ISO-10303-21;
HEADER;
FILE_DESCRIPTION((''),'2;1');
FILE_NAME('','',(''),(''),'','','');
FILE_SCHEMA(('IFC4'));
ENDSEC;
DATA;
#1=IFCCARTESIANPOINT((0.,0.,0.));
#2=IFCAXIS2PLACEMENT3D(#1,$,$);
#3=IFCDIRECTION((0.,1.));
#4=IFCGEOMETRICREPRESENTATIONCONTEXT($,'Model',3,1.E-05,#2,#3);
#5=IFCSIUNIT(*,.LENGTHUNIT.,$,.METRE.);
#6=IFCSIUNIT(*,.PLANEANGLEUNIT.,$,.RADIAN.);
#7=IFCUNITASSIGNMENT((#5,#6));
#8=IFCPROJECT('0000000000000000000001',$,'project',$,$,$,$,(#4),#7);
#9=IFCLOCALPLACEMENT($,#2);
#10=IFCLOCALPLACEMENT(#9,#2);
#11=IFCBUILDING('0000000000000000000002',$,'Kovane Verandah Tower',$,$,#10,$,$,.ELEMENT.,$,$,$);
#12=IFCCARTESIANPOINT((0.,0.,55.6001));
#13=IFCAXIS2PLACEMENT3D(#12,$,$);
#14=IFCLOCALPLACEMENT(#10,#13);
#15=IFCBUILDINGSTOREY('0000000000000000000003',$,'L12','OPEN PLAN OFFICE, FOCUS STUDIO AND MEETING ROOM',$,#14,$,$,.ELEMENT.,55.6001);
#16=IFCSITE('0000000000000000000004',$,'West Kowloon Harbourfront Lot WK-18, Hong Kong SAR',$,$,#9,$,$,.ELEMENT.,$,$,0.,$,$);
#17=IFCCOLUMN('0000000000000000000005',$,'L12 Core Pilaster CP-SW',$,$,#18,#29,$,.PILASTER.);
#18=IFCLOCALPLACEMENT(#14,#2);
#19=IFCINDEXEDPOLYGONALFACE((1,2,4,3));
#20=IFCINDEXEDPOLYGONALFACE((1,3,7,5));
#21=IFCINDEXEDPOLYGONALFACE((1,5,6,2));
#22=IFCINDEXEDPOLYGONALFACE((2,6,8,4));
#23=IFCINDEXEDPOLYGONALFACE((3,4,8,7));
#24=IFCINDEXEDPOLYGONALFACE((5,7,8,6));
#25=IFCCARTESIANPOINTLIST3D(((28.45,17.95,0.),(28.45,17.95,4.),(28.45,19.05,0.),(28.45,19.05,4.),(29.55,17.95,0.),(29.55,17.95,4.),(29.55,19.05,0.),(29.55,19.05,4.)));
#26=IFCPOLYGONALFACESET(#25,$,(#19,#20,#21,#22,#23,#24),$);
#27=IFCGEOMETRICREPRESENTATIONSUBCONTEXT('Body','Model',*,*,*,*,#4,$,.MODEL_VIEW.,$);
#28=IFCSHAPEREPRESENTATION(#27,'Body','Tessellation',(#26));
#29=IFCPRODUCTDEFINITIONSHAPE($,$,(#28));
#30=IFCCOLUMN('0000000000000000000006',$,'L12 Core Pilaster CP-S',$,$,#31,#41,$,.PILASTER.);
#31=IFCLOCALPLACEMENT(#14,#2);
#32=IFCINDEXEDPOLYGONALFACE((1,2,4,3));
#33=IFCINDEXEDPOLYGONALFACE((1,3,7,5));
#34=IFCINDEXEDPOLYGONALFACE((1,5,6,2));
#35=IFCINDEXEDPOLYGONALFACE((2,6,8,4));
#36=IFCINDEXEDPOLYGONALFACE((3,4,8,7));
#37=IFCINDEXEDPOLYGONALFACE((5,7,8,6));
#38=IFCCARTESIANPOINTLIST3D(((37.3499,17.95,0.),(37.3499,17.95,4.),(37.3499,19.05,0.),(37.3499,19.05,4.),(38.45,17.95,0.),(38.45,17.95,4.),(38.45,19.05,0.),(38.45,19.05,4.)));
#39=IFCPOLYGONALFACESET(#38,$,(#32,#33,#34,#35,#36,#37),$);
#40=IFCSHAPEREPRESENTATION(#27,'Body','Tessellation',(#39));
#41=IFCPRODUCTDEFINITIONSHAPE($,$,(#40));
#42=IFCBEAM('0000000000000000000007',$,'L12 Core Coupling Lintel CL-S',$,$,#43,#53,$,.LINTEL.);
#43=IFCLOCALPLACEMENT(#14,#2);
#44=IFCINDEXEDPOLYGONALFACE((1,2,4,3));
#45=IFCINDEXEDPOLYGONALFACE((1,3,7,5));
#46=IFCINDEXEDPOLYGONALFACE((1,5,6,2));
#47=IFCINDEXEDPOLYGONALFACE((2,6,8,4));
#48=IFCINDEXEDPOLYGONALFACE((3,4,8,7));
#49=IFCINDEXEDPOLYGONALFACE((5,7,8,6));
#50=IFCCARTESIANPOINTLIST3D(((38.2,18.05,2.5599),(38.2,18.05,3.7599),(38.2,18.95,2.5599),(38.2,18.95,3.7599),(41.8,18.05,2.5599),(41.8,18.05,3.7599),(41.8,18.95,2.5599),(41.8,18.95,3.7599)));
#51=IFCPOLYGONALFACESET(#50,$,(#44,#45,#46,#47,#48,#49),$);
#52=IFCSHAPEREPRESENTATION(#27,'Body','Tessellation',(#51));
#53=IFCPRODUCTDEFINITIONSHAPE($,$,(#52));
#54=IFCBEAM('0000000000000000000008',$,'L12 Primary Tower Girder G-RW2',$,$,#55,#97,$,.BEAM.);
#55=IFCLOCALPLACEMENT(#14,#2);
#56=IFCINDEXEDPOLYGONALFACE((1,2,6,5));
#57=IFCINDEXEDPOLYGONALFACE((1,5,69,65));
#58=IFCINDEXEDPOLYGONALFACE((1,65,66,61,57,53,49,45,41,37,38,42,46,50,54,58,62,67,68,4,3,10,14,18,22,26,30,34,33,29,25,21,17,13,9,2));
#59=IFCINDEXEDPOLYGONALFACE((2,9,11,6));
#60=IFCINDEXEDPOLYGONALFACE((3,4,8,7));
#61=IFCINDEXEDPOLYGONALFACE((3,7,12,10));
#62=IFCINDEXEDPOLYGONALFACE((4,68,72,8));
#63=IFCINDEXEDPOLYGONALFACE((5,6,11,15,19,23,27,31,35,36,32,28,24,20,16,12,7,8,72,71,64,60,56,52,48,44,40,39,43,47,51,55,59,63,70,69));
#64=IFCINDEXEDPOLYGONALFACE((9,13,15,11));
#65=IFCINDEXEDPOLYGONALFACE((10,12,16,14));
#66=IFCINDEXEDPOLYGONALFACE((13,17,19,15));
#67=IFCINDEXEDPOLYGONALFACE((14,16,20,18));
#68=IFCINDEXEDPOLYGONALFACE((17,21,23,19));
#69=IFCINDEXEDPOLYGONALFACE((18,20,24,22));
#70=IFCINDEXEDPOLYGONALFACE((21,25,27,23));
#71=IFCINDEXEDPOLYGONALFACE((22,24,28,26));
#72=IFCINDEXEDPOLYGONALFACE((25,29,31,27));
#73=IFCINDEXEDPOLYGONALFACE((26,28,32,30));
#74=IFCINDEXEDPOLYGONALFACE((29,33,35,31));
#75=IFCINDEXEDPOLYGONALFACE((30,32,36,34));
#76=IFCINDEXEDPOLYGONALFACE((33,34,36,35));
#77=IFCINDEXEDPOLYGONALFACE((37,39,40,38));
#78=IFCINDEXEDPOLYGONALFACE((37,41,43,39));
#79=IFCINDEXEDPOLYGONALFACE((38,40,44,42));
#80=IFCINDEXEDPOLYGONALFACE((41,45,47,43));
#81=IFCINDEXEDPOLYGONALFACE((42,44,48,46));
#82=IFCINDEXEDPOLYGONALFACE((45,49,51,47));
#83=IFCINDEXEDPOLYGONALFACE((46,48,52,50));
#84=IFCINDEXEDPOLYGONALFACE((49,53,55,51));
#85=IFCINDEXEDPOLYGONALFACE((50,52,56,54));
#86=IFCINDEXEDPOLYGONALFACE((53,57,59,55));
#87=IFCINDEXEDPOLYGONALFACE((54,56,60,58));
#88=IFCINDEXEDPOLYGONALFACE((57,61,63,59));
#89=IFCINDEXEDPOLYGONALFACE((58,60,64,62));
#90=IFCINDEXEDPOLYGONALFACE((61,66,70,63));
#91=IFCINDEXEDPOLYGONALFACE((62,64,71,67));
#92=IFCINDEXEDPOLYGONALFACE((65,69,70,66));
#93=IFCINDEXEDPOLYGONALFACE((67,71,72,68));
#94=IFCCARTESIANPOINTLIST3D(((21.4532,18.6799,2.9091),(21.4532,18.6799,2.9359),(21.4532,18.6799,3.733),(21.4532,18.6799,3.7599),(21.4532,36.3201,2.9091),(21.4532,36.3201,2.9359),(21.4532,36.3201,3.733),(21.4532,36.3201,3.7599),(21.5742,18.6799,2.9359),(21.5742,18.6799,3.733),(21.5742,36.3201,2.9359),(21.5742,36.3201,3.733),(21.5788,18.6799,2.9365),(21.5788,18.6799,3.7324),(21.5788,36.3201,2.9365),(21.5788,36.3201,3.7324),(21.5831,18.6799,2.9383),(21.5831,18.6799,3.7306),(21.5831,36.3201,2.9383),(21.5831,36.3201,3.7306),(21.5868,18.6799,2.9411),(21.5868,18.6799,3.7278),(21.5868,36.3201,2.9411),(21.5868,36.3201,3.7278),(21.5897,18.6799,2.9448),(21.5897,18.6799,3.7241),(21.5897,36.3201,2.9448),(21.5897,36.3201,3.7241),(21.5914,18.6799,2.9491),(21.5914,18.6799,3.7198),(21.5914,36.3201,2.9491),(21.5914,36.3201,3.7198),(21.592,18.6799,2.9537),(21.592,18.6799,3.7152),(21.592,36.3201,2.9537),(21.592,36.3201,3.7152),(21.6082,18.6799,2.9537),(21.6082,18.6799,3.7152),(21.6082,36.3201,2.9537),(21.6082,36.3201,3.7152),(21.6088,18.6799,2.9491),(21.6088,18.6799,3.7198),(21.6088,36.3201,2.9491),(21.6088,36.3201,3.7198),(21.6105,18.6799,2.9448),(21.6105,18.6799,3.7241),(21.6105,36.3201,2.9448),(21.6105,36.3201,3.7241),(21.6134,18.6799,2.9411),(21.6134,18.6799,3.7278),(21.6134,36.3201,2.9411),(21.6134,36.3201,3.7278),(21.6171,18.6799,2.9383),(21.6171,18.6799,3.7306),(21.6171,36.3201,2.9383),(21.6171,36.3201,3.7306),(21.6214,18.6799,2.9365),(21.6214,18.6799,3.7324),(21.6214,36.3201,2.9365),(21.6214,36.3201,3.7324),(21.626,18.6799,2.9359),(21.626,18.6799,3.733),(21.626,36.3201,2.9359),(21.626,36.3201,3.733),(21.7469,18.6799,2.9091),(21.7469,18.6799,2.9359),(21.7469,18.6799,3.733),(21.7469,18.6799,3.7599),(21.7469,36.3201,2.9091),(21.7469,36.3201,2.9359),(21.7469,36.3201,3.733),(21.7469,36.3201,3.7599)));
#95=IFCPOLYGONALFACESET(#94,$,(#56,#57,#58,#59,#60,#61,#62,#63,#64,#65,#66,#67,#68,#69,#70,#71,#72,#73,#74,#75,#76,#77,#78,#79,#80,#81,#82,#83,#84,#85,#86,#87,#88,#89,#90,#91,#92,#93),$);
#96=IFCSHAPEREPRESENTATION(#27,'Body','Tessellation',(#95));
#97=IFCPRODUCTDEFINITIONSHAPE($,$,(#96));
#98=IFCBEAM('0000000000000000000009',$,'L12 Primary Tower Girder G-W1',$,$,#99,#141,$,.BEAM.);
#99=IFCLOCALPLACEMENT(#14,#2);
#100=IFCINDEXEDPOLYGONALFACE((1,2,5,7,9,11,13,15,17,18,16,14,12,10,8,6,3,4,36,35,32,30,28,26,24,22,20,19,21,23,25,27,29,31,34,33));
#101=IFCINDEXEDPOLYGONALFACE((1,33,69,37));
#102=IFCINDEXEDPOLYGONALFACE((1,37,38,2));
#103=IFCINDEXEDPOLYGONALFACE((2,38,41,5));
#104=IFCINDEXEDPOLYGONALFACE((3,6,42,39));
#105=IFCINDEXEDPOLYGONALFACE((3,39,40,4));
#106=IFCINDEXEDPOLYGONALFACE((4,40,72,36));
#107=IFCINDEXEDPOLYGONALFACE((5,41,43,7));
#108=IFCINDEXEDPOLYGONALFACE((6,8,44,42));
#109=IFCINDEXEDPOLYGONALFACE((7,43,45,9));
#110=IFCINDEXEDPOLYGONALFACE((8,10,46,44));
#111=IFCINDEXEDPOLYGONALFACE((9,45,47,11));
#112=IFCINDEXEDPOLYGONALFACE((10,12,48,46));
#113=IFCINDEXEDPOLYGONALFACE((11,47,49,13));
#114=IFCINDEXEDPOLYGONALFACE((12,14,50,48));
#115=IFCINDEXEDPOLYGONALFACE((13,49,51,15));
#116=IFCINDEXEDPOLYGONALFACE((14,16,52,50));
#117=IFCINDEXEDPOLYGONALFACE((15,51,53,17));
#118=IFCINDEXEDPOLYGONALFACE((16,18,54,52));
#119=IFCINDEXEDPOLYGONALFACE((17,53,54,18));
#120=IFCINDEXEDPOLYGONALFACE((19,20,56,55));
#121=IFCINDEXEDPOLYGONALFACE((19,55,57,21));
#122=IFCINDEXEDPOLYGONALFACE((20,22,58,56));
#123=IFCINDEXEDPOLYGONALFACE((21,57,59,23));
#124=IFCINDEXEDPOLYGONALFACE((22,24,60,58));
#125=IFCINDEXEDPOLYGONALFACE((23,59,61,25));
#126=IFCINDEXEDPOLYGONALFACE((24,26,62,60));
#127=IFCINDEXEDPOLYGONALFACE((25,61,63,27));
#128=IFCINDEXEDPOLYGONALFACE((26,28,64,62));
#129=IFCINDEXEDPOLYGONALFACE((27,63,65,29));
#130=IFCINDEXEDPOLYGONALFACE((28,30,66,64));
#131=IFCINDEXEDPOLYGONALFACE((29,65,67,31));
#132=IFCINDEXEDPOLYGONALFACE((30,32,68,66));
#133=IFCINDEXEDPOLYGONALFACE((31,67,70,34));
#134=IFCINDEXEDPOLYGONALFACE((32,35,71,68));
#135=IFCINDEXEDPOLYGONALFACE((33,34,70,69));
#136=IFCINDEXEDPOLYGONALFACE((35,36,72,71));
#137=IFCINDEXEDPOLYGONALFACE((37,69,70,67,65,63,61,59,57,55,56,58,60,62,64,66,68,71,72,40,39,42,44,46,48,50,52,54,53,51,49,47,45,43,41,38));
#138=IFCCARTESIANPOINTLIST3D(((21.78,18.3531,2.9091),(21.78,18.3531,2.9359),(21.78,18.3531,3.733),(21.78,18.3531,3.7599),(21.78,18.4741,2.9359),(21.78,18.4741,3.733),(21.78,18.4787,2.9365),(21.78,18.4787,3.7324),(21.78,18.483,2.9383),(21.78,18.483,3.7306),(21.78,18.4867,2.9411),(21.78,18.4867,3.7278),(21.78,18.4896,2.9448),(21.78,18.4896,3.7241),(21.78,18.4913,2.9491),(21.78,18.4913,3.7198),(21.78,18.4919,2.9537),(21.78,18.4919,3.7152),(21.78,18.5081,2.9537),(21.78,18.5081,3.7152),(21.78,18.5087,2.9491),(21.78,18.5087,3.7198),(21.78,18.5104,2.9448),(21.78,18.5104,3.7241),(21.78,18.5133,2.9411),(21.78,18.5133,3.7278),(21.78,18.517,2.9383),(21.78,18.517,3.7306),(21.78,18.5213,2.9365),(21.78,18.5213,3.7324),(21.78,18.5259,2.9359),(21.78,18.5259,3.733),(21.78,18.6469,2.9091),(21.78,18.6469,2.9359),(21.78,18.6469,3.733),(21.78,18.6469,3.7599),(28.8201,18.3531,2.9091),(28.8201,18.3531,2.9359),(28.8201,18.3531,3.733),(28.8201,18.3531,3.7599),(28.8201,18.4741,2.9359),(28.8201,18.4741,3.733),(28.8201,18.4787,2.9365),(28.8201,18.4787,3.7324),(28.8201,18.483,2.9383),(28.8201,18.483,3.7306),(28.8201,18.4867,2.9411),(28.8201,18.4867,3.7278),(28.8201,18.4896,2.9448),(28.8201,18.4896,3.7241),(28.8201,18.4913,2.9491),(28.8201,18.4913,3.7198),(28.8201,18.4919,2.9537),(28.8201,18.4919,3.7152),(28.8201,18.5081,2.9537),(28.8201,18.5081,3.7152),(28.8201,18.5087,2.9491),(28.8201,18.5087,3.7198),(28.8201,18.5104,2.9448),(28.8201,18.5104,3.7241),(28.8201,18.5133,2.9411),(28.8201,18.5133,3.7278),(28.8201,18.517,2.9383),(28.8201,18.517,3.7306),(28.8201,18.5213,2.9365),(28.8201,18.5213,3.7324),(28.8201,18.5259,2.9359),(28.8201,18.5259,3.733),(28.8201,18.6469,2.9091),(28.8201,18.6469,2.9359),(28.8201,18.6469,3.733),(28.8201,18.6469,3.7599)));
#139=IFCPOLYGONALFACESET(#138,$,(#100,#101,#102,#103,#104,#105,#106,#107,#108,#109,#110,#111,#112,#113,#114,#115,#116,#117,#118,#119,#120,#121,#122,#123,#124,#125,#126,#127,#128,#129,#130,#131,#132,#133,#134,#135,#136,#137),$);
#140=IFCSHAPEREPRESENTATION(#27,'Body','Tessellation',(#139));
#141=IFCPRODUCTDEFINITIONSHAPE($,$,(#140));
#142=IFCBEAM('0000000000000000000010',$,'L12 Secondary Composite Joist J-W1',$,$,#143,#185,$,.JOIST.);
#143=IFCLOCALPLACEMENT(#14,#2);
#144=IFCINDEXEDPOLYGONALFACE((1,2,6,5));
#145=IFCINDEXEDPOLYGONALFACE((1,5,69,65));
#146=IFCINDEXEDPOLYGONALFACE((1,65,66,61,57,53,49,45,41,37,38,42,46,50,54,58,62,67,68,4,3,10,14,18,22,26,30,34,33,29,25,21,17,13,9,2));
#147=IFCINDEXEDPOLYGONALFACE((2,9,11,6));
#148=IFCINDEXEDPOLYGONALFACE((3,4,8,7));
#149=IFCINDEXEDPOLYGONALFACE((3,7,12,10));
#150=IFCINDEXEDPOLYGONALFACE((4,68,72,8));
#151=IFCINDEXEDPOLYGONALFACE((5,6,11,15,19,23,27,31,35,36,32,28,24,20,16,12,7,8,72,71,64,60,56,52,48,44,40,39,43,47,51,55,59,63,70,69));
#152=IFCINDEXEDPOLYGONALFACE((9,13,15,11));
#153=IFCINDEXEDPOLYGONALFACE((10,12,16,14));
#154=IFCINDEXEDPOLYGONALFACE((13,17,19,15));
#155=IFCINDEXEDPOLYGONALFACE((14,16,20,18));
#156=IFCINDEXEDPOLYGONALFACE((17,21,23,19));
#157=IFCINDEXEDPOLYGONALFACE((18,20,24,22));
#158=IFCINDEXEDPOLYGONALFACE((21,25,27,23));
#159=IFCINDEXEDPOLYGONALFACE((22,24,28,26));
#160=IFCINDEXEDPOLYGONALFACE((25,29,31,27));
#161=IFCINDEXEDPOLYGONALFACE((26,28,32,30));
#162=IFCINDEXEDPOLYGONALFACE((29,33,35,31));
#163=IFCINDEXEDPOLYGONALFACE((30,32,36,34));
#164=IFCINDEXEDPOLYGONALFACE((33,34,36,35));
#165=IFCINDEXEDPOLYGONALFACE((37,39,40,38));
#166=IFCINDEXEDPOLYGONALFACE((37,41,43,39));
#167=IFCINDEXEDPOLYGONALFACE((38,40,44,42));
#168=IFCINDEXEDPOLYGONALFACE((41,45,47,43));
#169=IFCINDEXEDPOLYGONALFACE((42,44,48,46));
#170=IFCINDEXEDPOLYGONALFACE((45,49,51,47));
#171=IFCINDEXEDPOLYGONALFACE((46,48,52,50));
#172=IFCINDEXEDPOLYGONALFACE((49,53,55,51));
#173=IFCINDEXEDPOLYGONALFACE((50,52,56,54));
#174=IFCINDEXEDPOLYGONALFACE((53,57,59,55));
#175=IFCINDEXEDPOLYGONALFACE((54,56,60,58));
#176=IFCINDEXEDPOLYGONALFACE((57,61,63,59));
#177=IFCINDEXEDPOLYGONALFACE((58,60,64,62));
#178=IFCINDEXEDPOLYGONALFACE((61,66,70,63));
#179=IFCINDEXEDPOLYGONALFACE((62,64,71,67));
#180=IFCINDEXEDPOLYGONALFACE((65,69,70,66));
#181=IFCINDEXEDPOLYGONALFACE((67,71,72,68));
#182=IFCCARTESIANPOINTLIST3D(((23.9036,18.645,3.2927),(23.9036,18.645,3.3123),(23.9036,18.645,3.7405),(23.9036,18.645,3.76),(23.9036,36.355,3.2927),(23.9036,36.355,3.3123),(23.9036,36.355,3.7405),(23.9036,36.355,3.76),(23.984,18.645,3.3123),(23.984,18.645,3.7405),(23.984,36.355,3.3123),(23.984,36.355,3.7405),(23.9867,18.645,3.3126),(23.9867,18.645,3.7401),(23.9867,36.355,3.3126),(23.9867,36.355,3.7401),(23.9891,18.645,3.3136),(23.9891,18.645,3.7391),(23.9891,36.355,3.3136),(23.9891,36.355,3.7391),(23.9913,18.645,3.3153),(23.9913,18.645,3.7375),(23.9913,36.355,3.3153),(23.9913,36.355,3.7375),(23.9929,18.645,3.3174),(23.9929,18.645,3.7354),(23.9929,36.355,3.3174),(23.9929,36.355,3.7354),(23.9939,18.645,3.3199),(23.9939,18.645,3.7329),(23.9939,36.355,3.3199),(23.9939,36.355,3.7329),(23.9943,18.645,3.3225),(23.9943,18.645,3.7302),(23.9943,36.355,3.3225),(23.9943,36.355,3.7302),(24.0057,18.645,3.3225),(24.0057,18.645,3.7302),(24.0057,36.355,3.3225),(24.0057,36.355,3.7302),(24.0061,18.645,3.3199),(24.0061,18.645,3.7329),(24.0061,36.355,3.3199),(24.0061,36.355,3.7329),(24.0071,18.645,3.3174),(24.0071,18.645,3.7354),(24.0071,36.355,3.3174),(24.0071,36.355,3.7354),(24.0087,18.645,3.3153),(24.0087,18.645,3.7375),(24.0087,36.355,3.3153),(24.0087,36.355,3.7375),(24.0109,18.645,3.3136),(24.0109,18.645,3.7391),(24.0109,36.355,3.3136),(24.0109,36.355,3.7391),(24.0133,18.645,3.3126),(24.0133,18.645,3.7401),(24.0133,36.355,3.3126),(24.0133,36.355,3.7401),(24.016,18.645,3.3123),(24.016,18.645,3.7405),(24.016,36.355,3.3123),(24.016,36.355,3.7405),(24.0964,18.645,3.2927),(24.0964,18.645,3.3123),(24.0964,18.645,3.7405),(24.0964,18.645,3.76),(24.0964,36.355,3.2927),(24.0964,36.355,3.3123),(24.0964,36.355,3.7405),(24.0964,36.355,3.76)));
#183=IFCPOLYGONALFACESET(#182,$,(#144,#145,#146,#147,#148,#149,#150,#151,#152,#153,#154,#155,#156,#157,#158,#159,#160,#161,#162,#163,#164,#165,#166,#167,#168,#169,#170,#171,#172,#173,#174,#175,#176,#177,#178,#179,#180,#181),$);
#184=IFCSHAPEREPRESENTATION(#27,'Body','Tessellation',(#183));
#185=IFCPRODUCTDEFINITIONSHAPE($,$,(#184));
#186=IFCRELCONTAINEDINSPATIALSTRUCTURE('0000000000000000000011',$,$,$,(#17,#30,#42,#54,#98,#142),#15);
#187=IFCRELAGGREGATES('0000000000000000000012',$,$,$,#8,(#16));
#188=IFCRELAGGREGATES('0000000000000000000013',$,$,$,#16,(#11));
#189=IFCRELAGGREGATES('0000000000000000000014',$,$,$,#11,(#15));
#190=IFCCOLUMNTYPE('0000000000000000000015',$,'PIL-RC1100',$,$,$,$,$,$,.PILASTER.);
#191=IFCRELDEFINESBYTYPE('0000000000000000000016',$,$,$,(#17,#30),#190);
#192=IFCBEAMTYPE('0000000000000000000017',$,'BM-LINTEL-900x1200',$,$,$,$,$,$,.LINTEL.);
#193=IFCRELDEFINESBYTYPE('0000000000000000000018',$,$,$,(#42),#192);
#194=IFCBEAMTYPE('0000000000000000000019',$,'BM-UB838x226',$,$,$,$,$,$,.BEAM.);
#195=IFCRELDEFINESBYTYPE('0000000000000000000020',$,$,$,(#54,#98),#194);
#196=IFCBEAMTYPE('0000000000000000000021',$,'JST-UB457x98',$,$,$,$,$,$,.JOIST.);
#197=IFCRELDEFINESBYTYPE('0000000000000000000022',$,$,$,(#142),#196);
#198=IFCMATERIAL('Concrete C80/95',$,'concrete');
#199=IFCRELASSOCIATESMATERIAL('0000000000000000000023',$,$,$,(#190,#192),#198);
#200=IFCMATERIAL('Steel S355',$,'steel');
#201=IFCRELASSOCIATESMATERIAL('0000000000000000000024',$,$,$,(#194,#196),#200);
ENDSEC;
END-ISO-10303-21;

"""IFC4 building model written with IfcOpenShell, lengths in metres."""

from ifc_helpers import new_model, si_unit, direction, frame, origin, origin_2d, place, context, subcontext, project, spatial, rectangle, i_section, extrude, material, material_profile, profile_set, type_object, element, save


model = new_model("IFC4")

# Units and contexts
model_context = context("Model", 3, precision=1e-05, world=origin(), true_north=direction((0.0, 1.0)))
body_context = subcontext(model_context, "Body", "Model", "MODEL_VIEW")
ifc_project = project(units=[si_unit("LENGTHUNIT", "METRE"), si_unit("PLANEANGLEUNIT", "RADIAN")], contexts=[model_context])

# Site, building, storey
site_placement = place(None, origin())
site = spatial("IfcSite", under=ifc_project, at=site_placement, Name="West Kowloon Harbourfront Lot WK-18, Hong Kong SAR", CompositionType="ELEMENT", RefElevation=0.0)
building_placement = place(site_placement, origin())
building = spatial("IfcBuilding", under=site, at=building_placement, Name="Kovane Verandah Tower", CompositionType="ELEMENT")
storey_placement = place(building_placement, frame((0.0, 0.0, 55.6001)))
storey = spatial("IfcBuildingStorey", under=building, at=storey_placement, Name="L12", Description="OPEN PLAN OFFICE, FOCUS STUDIO AND MEETING ROOM", CompositionType="ELEMENT", Elevation=55.6001)

# Columns
ifc_material_1 = material(Name="Concrete C80/95", Category="concrete")
ifc_material_profile_1 = material_profile(ifc_material_1, rectangle(XDim=1.1001, YDim=1.1001, at=origin_2d()), Name="RC1100x1100")
ifc_profile_set_1 = profile_set([ifc_material_profile_1], Name="Concrete C80/95")
column_type = type_object("IfcColumnType", Name="PIL-RC1100", PredefinedType="PILASTER", material=ifc_profile_set_1)
for number, where, z_axis, x_axis, name in (
    (1, (29.0, 18.5, 0.0), (0.0, 0.0, 1.0), (1.0, 0.0, 0.0), "L12 Core Pilaster CP-SW"),
    (2, (37.8999, 18.5, 0.0), (0.0, 0.0, 1.0), (1.0, 0.0, 0.0), "L12 Core Pilaster CP-S"),
):
    element("IfcColumn", number, at=place(storey_placement, frame(where, z_axis=z_axis, x_axis=x_axis)), inside=storey, type_object=column_type, Name=name, PredefinedType="PILASTER", context=body_context, shape_type="SweptSolid", body=[
        extrude(rectangle(XDim=1.1001, YDim=1.1001, at=origin_2d()), origin(), (0.0, 0.0, 1.0), 4.0),
    ])

# Beams
ifc_material_profile_2 = material_profile(ifc_material_1, rectangle(XDim=0.8999, YDim=1.2, at=origin_2d()), Name="RCB900x1200")
ifc_profile_set_2 = profile_set([ifc_material_profile_2], Name="Concrete C80/95")
beam_type_1 = type_object("IfcBeamType", Name="BM-LINTEL-900x1200", PredefinedType="LINTEL", material=ifc_profile_set_2)
beam_1_placement = place(storey_placement, frame((38.2, 18.5, 3.1599), z_axis=(1.0, 0.0, 0.0), x_axis=(0.0, 1.0, 0.0)))
element("IfcBeam", 3, at=beam_1_placement, inside=storey, type_object=beam_type_1, Name="L12 Core Coupling Lintel CL-S", PredefinedType="LINTEL", context=body_context, shape_type="SweptSolid", body=[
    extrude(rectangle(XDim=0.8999, YDim=1.2, at=origin_2d()), origin(), (0.0, 0.0, 1.0), 3.6001),
])
ifc_material_2 = material(Name="Steel S355", Category="steel")
ifc_material_profile_3 = material_profile(ifc_material_2, i_section(OverallWidth=0.2937, OverallDepth=0.8508, WebThickness=0.0161, FlangeThickness=0.0269, FilletRadius=0.0178, at=origin_2d()), Name="UB838x292x226")
ifc_profile_set_3 = profile_set([ifc_material_profile_3], Name="Steel S355")
beam_type_2 = type_object("IfcBeamType", Name="BM-UB838x226", PredefinedType="BEAM", material=ifc_profile_set_3)
beam_2_placement = place(storey_placement, frame((21.6001, 18.6799, 3.3345), z_axis=(0.0, 1.0, 0.0), x_axis=(-1.0, 0.0, 0.0)))
element("IfcBeam", 4, at=beam_2_placement, inside=storey, type_object=beam_type_2, Name="L12 Primary Tower Girder G-RW2", PredefinedType="BEAM", context=body_context, shape_type="SweptSolid", body=[
    extrude(i_section(OverallWidth=0.2937, OverallDepth=0.8508, WebThickness=0.0161, FlangeThickness=0.0269, FilletRadius=0.0178, at=origin_2d()), origin(), (0.0, 0.0, 1.0), 17.6401),
])
beam_3_placement = place(storey_placement, frame((28.8201, 18.5, 3.3345), z_axis=(-1.0, 0.0, 0.0), x_axis=(0.0, -1.0, 0.0)))
element("IfcBeam", 5, at=beam_3_placement, inside=storey, type_object=beam_type_2, Name="L12 Primary Tower Girder G-W1", PredefinedType="BEAM", context=body_context, shape_type="SweptSolid", body=[
    extrude(i_section(OverallWidth=0.2937, OverallDepth=0.8508, WebThickness=0.0161, FlangeThickness=0.0269, FilletRadius=0.0178, at=origin_2d()), origin(), (0.0, 0.0, 1.0), 7.04),
])
ifc_material_profile_4 = material_profile(ifc_material_2, i_section(OverallWidth=0.1929, OverallDepth=0.4673, WebThickness=0.0115, FlangeThickness=0.0195, FilletRadius=0.0103, at=origin_2d()), Name="UB457x191x98")
ifc_profile_set_4 = profile_set([ifc_material_profile_4], Name="Steel S355")
beam_type_3 = type_object("IfcBeamType", Name="JST-UB457x98", PredefinedType="JOIST", material=ifc_profile_set_4)
for number, where, z_axis, x_axis, name in (
    (6, (24.0, 18.645, 3.5264), (0.0, 1.0, 0.0), (-1.0, 0.0, 0.0), "L12 Secondary Composite Joist J-W1"),
):
    element("IfcBeam", number, at=place(storey_placement, frame(where, z_axis=z_axis, x_axis=x_axis)), inside=storey, type_object=beam_type_3, Name=name, PredefinedType="JOIST", context=body_context, shape_type="SweptSolid", body=[
        extrude(i_section(OverallWidth=0.1929, OverallDepth=0.4673, WebThickness=0.0115, FlangeThickness=0.0195, FilletRadius=0.0103, at=origin_2d()), origin(), (0.0, 0.0, 1.0), 17.71),
    ])

save(model, "model.ifc")
